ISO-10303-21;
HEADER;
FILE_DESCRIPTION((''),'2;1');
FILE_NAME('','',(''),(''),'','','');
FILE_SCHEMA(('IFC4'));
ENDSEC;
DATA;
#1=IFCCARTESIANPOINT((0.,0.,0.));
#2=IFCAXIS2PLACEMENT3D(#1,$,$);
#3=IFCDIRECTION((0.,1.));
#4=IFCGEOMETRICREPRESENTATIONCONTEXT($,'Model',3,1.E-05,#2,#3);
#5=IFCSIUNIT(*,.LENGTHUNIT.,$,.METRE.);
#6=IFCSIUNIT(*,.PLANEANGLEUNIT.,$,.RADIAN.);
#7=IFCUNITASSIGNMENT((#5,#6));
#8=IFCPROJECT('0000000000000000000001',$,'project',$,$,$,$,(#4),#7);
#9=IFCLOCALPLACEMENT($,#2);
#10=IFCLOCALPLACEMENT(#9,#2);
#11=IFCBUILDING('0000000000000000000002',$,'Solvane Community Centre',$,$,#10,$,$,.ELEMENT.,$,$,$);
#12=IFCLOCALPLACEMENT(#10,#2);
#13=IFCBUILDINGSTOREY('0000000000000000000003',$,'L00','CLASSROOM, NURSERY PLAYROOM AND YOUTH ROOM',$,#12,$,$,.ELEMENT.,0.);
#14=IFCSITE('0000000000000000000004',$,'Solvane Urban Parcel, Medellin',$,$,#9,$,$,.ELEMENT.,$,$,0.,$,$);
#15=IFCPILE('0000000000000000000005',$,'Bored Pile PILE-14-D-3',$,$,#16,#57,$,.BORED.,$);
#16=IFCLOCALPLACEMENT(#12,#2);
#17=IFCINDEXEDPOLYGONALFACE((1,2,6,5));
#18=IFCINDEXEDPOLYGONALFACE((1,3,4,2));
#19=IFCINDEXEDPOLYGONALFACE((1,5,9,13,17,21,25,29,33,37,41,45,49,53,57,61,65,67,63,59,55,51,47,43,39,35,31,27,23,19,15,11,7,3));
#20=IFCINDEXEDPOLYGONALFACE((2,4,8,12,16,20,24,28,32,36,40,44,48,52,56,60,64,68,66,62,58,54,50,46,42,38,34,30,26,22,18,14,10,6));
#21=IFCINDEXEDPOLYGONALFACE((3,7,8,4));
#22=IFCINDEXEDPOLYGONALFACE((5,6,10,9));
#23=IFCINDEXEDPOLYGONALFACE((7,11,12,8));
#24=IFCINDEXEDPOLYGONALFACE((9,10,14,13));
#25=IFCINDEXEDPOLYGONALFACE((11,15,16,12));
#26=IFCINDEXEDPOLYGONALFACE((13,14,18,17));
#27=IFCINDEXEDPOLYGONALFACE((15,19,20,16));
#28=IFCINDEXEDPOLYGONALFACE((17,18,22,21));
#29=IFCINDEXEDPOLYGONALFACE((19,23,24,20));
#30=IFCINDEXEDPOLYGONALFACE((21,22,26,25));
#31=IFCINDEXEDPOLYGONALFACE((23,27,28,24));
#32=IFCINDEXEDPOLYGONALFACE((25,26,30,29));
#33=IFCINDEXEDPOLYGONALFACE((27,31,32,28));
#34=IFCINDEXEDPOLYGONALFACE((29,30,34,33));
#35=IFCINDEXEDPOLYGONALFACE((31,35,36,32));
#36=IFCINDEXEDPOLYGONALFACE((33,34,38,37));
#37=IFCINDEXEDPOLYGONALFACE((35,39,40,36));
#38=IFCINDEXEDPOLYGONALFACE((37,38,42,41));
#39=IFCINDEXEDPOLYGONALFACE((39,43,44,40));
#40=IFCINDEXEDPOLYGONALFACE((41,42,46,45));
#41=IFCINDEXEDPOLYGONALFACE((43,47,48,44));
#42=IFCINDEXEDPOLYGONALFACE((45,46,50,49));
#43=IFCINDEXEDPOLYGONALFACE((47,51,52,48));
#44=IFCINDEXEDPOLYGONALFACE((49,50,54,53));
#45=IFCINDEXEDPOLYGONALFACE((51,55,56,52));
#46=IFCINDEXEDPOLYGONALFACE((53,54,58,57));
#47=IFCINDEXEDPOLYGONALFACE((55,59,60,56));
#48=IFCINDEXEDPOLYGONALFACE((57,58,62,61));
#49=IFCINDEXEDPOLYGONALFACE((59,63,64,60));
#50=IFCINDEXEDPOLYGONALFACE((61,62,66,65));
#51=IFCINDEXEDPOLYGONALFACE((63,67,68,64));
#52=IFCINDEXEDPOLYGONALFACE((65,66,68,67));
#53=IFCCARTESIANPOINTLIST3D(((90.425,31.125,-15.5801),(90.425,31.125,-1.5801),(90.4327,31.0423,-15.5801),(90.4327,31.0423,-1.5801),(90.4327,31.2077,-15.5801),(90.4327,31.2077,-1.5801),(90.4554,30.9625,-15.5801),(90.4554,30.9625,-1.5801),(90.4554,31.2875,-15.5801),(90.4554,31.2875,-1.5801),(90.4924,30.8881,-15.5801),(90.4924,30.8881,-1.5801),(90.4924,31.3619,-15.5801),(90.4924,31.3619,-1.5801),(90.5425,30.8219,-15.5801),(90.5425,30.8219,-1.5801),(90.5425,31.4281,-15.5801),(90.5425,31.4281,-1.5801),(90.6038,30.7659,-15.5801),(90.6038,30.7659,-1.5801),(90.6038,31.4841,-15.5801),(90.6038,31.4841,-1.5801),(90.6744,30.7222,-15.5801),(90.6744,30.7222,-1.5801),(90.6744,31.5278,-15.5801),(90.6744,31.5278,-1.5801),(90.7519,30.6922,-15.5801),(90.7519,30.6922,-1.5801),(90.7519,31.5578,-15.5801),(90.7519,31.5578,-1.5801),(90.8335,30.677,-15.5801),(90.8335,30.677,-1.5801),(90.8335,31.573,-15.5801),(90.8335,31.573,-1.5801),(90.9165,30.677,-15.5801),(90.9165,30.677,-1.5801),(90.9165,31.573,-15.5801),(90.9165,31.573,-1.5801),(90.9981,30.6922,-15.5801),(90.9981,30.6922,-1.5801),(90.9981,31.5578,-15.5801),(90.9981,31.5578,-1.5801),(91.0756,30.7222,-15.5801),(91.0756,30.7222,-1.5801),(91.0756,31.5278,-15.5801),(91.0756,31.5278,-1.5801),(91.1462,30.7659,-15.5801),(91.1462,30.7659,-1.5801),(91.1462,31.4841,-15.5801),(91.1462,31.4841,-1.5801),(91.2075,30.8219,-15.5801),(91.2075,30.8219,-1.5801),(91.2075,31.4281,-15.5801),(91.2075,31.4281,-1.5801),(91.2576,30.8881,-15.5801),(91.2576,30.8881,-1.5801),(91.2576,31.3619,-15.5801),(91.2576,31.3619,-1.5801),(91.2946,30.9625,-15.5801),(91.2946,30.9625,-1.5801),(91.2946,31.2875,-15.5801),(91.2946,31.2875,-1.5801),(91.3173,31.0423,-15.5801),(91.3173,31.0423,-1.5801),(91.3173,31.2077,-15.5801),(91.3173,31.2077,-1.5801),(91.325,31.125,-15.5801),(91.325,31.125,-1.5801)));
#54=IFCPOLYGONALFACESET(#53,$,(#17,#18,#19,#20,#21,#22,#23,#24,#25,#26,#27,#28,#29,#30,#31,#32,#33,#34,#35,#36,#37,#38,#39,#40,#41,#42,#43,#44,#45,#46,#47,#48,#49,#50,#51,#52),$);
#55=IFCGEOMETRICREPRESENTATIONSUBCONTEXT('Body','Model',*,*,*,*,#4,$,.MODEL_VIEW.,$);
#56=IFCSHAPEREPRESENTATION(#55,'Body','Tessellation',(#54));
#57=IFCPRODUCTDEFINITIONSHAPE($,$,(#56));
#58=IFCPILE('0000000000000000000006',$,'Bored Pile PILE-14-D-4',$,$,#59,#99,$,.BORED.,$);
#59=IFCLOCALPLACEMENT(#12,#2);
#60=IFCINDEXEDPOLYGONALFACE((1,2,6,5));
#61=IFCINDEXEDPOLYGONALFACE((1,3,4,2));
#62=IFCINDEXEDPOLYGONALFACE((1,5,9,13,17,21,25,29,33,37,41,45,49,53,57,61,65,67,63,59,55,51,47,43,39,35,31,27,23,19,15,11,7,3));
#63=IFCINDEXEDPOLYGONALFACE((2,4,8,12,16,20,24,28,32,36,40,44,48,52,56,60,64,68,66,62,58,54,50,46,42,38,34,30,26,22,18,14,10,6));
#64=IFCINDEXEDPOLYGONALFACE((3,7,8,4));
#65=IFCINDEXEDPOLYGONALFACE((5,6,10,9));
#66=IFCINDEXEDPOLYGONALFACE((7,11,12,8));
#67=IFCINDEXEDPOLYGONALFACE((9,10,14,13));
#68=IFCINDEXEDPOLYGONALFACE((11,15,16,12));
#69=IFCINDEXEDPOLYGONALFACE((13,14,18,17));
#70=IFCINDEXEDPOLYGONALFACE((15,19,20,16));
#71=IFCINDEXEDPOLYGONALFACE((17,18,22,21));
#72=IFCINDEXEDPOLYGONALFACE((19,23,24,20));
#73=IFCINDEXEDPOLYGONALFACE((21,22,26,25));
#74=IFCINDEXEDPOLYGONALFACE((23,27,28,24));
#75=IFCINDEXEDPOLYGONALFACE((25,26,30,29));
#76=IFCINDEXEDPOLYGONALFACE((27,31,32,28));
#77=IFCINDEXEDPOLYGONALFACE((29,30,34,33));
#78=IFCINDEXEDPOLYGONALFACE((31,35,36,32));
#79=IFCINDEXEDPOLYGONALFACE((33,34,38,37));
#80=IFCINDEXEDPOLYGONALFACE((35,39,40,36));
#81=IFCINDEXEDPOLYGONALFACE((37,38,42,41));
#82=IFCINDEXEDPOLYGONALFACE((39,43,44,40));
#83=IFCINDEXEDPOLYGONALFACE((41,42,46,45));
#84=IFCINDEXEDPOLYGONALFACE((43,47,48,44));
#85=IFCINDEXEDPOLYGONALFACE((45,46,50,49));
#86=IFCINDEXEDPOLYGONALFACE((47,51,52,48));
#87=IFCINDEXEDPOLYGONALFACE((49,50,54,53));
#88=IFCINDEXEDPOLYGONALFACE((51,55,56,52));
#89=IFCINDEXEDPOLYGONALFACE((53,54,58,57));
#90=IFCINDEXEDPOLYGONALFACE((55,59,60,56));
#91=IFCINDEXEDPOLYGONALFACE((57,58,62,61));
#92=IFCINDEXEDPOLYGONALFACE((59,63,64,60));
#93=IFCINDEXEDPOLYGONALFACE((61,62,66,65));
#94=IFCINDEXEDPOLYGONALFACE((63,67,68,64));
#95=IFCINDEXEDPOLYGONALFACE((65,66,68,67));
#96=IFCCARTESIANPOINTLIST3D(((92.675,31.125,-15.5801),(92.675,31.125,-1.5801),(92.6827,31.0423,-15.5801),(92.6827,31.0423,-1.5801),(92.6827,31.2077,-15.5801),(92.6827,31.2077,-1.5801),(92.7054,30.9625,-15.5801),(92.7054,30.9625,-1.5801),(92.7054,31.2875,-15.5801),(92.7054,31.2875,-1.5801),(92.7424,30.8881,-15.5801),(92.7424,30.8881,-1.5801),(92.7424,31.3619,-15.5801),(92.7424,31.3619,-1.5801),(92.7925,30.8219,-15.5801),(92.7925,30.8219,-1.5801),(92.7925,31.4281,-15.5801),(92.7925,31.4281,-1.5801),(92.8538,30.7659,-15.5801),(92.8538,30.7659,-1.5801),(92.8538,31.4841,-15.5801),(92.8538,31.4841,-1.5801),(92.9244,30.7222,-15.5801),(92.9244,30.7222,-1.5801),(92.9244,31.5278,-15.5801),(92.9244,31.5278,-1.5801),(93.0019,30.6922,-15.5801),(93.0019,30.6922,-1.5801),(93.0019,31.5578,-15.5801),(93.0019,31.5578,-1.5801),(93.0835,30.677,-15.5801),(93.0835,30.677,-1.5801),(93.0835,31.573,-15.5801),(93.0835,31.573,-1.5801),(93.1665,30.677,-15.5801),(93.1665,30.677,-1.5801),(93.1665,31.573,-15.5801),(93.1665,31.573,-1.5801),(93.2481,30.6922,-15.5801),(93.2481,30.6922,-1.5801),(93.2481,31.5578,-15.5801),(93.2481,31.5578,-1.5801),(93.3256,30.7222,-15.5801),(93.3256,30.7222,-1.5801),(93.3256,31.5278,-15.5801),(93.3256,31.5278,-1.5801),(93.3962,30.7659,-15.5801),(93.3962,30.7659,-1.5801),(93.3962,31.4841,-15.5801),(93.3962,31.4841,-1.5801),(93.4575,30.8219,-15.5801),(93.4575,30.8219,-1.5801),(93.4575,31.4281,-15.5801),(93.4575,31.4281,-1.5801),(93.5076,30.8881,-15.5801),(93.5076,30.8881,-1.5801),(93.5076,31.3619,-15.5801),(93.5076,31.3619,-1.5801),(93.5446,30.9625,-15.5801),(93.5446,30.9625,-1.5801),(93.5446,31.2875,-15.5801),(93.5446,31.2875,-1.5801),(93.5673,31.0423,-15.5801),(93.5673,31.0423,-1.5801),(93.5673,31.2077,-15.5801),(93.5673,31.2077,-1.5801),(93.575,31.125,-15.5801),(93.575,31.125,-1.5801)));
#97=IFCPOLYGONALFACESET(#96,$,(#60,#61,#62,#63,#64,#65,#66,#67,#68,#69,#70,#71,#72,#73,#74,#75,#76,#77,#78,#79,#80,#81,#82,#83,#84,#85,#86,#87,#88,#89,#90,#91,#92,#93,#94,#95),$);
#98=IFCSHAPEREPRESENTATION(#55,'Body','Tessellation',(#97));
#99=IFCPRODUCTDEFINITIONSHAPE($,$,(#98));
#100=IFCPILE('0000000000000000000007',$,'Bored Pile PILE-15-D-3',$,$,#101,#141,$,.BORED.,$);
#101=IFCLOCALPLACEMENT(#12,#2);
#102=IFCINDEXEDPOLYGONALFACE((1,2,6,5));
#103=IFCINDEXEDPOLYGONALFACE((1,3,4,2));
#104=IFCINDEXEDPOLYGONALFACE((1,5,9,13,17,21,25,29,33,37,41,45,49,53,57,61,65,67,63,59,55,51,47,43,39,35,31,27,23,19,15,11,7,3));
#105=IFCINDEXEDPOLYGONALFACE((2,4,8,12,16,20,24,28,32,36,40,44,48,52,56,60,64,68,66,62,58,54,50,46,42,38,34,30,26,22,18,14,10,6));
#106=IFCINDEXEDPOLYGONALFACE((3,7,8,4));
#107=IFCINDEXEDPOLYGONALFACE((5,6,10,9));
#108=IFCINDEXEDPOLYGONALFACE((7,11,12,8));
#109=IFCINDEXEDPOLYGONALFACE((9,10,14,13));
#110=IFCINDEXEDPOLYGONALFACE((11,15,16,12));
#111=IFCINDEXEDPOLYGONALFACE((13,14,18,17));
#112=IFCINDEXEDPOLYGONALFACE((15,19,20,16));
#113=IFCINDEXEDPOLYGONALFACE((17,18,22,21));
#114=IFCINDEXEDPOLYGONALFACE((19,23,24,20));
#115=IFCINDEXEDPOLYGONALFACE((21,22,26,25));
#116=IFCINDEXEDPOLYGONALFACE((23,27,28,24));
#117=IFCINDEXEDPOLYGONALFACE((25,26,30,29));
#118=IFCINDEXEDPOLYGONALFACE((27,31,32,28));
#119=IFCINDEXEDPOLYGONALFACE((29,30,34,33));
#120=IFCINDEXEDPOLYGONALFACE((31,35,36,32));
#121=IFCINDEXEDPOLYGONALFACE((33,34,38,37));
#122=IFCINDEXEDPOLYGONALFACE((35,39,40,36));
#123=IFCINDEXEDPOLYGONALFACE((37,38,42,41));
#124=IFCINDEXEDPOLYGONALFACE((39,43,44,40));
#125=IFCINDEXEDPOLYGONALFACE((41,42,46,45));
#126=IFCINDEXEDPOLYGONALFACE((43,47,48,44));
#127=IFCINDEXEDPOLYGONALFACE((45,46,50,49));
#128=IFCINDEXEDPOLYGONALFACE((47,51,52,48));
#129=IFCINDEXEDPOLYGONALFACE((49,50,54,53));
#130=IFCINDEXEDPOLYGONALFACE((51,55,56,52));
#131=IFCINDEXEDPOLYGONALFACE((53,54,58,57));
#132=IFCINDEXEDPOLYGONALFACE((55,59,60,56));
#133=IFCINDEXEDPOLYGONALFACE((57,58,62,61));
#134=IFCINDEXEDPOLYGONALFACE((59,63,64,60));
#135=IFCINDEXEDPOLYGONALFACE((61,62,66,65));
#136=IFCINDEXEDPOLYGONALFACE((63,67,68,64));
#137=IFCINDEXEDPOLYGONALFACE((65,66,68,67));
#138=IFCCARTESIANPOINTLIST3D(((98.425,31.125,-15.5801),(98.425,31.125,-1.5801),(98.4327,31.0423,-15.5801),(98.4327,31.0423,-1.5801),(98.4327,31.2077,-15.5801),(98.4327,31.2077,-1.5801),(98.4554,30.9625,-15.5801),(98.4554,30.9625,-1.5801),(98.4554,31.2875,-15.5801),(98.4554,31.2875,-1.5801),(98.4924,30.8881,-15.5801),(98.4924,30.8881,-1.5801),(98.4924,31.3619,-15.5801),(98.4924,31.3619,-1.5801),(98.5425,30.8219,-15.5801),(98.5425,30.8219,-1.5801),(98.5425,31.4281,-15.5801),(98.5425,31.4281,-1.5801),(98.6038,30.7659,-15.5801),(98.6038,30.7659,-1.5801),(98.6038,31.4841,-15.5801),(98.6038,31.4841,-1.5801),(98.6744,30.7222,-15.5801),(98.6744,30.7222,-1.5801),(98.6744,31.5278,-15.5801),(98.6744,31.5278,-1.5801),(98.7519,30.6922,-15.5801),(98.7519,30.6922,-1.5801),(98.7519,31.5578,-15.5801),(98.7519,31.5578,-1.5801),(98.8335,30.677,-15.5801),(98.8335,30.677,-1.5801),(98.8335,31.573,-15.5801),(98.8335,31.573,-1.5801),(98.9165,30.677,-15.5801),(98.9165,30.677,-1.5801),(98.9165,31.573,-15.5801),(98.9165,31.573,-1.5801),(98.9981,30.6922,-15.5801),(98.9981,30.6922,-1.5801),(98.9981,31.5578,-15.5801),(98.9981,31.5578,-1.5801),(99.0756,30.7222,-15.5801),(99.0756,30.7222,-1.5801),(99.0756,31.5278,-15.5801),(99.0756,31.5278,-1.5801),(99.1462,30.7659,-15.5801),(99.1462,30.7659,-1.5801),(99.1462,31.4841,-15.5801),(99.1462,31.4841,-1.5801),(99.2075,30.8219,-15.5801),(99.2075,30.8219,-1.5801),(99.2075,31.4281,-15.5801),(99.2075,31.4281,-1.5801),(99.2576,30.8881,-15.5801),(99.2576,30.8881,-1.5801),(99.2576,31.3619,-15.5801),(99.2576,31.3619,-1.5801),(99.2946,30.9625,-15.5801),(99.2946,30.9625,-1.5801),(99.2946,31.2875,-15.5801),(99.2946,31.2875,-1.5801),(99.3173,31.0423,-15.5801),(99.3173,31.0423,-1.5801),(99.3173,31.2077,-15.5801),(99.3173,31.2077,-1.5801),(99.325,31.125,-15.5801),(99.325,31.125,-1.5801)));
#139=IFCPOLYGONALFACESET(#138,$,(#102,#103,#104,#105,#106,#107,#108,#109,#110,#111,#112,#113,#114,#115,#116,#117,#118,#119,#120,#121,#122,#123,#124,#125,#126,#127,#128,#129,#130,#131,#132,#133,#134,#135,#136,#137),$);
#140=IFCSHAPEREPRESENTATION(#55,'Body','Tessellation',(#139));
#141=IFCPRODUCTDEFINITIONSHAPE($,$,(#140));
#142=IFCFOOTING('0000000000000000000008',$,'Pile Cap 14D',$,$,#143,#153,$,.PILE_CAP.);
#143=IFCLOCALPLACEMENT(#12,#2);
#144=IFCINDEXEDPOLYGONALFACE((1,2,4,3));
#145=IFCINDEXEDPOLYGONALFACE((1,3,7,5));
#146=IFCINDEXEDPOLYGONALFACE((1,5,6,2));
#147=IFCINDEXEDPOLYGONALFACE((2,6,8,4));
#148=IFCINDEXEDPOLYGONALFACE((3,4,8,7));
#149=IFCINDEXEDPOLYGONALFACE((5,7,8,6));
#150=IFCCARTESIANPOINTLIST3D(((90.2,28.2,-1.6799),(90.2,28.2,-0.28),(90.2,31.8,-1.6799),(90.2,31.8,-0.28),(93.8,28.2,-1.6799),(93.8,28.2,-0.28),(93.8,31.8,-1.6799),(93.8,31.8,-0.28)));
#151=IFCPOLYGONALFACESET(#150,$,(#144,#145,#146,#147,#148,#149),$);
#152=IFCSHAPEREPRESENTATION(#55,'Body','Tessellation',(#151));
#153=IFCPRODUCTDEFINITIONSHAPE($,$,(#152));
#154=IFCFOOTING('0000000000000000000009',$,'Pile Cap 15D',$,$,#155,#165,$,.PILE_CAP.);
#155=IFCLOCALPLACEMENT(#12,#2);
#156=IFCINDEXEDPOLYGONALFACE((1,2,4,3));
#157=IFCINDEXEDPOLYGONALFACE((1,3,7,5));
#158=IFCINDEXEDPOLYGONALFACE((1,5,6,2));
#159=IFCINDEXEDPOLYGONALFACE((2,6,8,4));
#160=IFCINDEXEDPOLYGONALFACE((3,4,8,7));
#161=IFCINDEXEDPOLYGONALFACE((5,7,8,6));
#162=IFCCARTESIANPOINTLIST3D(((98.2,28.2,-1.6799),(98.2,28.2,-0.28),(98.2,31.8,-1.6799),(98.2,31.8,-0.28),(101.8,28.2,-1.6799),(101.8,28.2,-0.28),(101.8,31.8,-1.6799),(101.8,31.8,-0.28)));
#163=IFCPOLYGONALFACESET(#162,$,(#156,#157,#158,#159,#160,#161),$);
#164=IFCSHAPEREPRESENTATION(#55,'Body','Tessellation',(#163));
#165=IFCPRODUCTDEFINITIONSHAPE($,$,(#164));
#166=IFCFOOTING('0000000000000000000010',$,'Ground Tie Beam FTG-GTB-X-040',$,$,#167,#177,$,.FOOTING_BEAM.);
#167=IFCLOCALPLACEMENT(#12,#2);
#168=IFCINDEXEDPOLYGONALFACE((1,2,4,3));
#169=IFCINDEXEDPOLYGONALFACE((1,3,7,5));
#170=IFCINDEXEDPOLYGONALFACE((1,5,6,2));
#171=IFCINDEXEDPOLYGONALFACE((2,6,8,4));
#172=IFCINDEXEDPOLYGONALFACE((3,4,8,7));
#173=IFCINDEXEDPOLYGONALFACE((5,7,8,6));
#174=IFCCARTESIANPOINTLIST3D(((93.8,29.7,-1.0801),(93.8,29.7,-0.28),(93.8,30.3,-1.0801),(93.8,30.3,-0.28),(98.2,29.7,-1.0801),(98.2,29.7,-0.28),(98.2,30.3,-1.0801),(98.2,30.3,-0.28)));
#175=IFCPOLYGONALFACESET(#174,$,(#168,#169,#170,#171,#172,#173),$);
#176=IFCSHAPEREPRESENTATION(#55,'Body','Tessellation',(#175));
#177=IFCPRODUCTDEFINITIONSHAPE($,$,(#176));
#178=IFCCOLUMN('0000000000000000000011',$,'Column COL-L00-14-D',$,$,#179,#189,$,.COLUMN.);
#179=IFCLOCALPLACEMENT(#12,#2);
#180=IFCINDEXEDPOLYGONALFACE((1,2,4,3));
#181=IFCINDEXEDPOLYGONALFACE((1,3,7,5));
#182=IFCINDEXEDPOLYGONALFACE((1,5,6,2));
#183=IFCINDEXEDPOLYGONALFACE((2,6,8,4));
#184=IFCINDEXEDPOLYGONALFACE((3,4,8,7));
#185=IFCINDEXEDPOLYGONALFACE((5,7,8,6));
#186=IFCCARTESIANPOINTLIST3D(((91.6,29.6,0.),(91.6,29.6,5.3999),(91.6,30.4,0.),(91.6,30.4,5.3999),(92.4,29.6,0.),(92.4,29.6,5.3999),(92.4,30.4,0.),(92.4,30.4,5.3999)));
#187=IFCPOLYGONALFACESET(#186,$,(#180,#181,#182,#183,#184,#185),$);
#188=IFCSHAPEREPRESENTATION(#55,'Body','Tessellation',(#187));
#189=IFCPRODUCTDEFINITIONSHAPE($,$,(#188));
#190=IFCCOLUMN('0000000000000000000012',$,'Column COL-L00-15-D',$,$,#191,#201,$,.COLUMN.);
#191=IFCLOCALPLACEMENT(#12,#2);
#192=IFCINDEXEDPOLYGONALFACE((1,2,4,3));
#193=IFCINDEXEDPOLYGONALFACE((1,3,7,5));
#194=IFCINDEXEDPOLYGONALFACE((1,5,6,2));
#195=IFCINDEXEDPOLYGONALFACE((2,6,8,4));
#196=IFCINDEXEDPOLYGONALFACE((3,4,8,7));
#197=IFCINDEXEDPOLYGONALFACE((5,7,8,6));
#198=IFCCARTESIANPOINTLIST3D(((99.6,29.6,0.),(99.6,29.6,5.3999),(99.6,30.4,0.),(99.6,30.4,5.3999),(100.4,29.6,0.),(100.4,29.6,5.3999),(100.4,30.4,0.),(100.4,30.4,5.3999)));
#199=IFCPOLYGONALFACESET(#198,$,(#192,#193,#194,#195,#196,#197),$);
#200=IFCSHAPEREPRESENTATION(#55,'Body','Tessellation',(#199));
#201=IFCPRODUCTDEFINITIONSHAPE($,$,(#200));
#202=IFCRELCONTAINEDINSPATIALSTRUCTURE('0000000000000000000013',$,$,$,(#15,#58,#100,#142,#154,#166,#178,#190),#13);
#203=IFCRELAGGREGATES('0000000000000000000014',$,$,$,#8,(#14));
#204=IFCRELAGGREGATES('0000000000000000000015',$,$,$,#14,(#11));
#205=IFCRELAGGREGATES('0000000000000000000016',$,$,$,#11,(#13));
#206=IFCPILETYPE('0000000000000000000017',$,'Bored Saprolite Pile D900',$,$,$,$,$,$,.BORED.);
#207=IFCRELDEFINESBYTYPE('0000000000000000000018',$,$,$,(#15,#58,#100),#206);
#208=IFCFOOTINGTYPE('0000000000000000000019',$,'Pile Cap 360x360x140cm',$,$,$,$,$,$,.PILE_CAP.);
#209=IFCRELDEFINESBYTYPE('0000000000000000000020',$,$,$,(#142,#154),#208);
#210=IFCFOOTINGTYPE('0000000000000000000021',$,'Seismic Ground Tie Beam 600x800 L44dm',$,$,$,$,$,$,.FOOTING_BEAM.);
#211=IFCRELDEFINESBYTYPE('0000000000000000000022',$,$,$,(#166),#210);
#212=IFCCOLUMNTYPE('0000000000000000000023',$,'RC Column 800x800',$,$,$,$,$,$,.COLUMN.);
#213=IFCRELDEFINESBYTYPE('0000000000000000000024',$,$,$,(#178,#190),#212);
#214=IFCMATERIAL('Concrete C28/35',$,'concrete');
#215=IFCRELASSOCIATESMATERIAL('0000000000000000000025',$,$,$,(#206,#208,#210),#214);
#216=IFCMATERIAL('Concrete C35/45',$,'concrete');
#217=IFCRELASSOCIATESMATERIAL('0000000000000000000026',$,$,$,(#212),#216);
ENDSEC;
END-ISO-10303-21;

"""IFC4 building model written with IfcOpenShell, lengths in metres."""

from ifc_helpers import new_model, si_unit, direction, frame, origin, origin_2d, place, context, subcontext, project, spatial, rectangle, circle, extrude, material, material_profile, profile_set, type_object, element, save


model = new_model("IFC4")

# Units and contexts
model_context = context("Model", 3, precision=1e-05, world=origin(), true_north=direction((0.0, 1.0)))
body_context = subcontext(model_context, "Body", "Model", "MODEL_VIEW")
ifc_project = project(units=[si_unit("LENGTHUNIT", "METRE"), si_unit("PLANEANGLEUNIT", "RADIAN")], contexts=[model_context])

# Site, building, storey
site_placement = place(None, origin())
site = spatial("IfcSite", under=ifc_project, at=site_placement, Name="Solvane Urban Parcel, Medellin", CompositionType="ELEMENT", RefElevation=0.0)
building_placement = place(site_placement, origin())
building = spatial("IfcBuilding", under=site, at=building_placement, Name="Solvane Community Centre", CompositionType="ELEMENT")
storey_placement = place(building_placement, origin())
storey = spatial("IfcBuildingStorey", under=building, at=storey_placement, Name="L00", Description="CLASSROOM, NURSERY PLAYROOM AND YOUTH ROOM", CompositionType="ELEMENT", Elevation=0.0)

# Piles
ifc_material_1 = material(Name="Concrete C28/35", Category="concrete")
ifc_material_profile_1 = material_profile(ifc_material_1, circle(Radius=0.45, at=origin_2d()), Name="PILE D900")
ifc_profile_set_1 = profile_set([ifc_material_profile_1], Name="Concrete C28/35")
pile_type = type_object("IfcPileType", Name="Bored Saprolite Pile D900", PredefinedType="BORED", material=ifc_profile_set_1)
for number, where, z_axis, x_axis, name in (
    (1, (90.875, 31.125, -1.5801), (0.0, 0.0, -1.0), (1.0, 0.0, 0.0), "Bored Pile PILE-14-D-3"),
    (2, (93.125, 31.125, -1.5801), (0.0, 0.0, -1.0), (1.0, 0.0, 0.0), "Bored Pile PILE-14-D-4"),
    (3, (98.875, 31.125, -1.5801), (0.0, 0.0, -1.0), (1.0, 0.0, 0.0), "Bored Pile PILE-15-D-3"),
):
    element("IfcPile", number, at=place(storey_placement, frame(where, z_axis=z_axis, x_axis=x_axis)), inside=storey, type_object=pile_type, Name=name, PredefinedType="BORED", context=body_context, shape_type="SweptSolid", body=[
        extrude(circle(Radius=0.45, at=origin_2d()), origin(), (0.0, 0.0, 1.0), 14.0),
    ])

# Footings
footing_type_1 = type_object("IfcFootingType", Name="Pile Cap 360x360x140cm", PredefinedType="PILE_CAP", material=ifc_material_1)
for number, where, z_axis, x_axis, name in (
    (4, (92.0, 30.0, -1.6799), (0.0, 0.0, 1.0), (1.0, 0.0, 0.0), "Pile Cap 14D"),
    (5, (100.0, 30.0, -1.6799), (0.0, 0.0, 1.0), (1.0, 0.0, 0.0), "Pile Cap 15D"),
):
    element("IfcFooting", number, at=place(storey_placement, frame(where, z_axis=z_axis, x_axis=x_axis)), inside=storey, type_object=footing_type_1, Name=name, PredefinedType="PILE_CAP", context=body_context, shape_type="SweptSolid", body=[
        extrude(rectangle(XDim=3.6001, YDim=3.6001, at=origin_2d()), origin(), (0.0, 0.0, 1.0), 1.3999),
    ])
footing_type_2 = type_object("IfcFootingType", Name="Seismic Ground Tie Beam 600x800 L44dm", PredefinedType="FOOTING_BEAM", material=ifc_material_1)
footing_placement = place(storey_placement, frame((96.0, 30.0, -1.0801), z_axis=(0.0, 0.0, 1.0), x_axis=(1.0, 0.0, 0.0)))
element("IfcFooting", 6, at=footing_placement, inside=storey, type_object=footing_type_2, Name="Ground Tie Beam FTG-GTB-X-040", PredefinedType="FOOTING_BEAM", context=body_context, shape_type="SweptSolid", body=[
    extrude(rectangle(XDim=4.3999, YDim=0.6001, at=origin_2d()), origin(), (0.0, 0.0, 1.0), 0.8),
])

# Columns
ifc_material_2 = material(Name="Concrete C35/45", Category="concrete")
ifc_material_profile_2 = material_profile(ifc_material_2, rectangle(XDim=0.8, YDim=0.8, at=origin_2d()), Name="RC 800x800")
ifc_profile_set_2 = profile_set([ifc_material_profile_2], Name="Concrete C35/45")
column_type = type_object("IfcColumnType", Name="RC Column 800x800", PredefinedType="COLUMN", material=ifc_profile_set_2)
for number, where, z_axis, x_axis, name in (
    (7, (92.0, 30.0, 0.0), (0.0, 0.0, 1.0), (1.0, 0.0, 0.0), "Column COL-L00-14-D"),
    (8, (100.0, 30.0, 0.0), (0.0, 0.0, 1.0), (1.0, 0.0, 0.0), "Column COL-L00-15-D"),
):
    element("IfcColumn", number, at=place(storey_placement, frame(where, z_axis=z_axis, x_axis=x_axis)), inside=storey, type_object=column_type, Name=name, PredefinedType="COLUMN", context=body_context, shape_type="SweptSolid", body=[
        extrude(rectangle(XDim=0.8, YDim=0.8, at=origin_2d()), origin(), (0.0, 0.0, 1.0), 5.3999),
    ])

save(model, "model.ifc")
